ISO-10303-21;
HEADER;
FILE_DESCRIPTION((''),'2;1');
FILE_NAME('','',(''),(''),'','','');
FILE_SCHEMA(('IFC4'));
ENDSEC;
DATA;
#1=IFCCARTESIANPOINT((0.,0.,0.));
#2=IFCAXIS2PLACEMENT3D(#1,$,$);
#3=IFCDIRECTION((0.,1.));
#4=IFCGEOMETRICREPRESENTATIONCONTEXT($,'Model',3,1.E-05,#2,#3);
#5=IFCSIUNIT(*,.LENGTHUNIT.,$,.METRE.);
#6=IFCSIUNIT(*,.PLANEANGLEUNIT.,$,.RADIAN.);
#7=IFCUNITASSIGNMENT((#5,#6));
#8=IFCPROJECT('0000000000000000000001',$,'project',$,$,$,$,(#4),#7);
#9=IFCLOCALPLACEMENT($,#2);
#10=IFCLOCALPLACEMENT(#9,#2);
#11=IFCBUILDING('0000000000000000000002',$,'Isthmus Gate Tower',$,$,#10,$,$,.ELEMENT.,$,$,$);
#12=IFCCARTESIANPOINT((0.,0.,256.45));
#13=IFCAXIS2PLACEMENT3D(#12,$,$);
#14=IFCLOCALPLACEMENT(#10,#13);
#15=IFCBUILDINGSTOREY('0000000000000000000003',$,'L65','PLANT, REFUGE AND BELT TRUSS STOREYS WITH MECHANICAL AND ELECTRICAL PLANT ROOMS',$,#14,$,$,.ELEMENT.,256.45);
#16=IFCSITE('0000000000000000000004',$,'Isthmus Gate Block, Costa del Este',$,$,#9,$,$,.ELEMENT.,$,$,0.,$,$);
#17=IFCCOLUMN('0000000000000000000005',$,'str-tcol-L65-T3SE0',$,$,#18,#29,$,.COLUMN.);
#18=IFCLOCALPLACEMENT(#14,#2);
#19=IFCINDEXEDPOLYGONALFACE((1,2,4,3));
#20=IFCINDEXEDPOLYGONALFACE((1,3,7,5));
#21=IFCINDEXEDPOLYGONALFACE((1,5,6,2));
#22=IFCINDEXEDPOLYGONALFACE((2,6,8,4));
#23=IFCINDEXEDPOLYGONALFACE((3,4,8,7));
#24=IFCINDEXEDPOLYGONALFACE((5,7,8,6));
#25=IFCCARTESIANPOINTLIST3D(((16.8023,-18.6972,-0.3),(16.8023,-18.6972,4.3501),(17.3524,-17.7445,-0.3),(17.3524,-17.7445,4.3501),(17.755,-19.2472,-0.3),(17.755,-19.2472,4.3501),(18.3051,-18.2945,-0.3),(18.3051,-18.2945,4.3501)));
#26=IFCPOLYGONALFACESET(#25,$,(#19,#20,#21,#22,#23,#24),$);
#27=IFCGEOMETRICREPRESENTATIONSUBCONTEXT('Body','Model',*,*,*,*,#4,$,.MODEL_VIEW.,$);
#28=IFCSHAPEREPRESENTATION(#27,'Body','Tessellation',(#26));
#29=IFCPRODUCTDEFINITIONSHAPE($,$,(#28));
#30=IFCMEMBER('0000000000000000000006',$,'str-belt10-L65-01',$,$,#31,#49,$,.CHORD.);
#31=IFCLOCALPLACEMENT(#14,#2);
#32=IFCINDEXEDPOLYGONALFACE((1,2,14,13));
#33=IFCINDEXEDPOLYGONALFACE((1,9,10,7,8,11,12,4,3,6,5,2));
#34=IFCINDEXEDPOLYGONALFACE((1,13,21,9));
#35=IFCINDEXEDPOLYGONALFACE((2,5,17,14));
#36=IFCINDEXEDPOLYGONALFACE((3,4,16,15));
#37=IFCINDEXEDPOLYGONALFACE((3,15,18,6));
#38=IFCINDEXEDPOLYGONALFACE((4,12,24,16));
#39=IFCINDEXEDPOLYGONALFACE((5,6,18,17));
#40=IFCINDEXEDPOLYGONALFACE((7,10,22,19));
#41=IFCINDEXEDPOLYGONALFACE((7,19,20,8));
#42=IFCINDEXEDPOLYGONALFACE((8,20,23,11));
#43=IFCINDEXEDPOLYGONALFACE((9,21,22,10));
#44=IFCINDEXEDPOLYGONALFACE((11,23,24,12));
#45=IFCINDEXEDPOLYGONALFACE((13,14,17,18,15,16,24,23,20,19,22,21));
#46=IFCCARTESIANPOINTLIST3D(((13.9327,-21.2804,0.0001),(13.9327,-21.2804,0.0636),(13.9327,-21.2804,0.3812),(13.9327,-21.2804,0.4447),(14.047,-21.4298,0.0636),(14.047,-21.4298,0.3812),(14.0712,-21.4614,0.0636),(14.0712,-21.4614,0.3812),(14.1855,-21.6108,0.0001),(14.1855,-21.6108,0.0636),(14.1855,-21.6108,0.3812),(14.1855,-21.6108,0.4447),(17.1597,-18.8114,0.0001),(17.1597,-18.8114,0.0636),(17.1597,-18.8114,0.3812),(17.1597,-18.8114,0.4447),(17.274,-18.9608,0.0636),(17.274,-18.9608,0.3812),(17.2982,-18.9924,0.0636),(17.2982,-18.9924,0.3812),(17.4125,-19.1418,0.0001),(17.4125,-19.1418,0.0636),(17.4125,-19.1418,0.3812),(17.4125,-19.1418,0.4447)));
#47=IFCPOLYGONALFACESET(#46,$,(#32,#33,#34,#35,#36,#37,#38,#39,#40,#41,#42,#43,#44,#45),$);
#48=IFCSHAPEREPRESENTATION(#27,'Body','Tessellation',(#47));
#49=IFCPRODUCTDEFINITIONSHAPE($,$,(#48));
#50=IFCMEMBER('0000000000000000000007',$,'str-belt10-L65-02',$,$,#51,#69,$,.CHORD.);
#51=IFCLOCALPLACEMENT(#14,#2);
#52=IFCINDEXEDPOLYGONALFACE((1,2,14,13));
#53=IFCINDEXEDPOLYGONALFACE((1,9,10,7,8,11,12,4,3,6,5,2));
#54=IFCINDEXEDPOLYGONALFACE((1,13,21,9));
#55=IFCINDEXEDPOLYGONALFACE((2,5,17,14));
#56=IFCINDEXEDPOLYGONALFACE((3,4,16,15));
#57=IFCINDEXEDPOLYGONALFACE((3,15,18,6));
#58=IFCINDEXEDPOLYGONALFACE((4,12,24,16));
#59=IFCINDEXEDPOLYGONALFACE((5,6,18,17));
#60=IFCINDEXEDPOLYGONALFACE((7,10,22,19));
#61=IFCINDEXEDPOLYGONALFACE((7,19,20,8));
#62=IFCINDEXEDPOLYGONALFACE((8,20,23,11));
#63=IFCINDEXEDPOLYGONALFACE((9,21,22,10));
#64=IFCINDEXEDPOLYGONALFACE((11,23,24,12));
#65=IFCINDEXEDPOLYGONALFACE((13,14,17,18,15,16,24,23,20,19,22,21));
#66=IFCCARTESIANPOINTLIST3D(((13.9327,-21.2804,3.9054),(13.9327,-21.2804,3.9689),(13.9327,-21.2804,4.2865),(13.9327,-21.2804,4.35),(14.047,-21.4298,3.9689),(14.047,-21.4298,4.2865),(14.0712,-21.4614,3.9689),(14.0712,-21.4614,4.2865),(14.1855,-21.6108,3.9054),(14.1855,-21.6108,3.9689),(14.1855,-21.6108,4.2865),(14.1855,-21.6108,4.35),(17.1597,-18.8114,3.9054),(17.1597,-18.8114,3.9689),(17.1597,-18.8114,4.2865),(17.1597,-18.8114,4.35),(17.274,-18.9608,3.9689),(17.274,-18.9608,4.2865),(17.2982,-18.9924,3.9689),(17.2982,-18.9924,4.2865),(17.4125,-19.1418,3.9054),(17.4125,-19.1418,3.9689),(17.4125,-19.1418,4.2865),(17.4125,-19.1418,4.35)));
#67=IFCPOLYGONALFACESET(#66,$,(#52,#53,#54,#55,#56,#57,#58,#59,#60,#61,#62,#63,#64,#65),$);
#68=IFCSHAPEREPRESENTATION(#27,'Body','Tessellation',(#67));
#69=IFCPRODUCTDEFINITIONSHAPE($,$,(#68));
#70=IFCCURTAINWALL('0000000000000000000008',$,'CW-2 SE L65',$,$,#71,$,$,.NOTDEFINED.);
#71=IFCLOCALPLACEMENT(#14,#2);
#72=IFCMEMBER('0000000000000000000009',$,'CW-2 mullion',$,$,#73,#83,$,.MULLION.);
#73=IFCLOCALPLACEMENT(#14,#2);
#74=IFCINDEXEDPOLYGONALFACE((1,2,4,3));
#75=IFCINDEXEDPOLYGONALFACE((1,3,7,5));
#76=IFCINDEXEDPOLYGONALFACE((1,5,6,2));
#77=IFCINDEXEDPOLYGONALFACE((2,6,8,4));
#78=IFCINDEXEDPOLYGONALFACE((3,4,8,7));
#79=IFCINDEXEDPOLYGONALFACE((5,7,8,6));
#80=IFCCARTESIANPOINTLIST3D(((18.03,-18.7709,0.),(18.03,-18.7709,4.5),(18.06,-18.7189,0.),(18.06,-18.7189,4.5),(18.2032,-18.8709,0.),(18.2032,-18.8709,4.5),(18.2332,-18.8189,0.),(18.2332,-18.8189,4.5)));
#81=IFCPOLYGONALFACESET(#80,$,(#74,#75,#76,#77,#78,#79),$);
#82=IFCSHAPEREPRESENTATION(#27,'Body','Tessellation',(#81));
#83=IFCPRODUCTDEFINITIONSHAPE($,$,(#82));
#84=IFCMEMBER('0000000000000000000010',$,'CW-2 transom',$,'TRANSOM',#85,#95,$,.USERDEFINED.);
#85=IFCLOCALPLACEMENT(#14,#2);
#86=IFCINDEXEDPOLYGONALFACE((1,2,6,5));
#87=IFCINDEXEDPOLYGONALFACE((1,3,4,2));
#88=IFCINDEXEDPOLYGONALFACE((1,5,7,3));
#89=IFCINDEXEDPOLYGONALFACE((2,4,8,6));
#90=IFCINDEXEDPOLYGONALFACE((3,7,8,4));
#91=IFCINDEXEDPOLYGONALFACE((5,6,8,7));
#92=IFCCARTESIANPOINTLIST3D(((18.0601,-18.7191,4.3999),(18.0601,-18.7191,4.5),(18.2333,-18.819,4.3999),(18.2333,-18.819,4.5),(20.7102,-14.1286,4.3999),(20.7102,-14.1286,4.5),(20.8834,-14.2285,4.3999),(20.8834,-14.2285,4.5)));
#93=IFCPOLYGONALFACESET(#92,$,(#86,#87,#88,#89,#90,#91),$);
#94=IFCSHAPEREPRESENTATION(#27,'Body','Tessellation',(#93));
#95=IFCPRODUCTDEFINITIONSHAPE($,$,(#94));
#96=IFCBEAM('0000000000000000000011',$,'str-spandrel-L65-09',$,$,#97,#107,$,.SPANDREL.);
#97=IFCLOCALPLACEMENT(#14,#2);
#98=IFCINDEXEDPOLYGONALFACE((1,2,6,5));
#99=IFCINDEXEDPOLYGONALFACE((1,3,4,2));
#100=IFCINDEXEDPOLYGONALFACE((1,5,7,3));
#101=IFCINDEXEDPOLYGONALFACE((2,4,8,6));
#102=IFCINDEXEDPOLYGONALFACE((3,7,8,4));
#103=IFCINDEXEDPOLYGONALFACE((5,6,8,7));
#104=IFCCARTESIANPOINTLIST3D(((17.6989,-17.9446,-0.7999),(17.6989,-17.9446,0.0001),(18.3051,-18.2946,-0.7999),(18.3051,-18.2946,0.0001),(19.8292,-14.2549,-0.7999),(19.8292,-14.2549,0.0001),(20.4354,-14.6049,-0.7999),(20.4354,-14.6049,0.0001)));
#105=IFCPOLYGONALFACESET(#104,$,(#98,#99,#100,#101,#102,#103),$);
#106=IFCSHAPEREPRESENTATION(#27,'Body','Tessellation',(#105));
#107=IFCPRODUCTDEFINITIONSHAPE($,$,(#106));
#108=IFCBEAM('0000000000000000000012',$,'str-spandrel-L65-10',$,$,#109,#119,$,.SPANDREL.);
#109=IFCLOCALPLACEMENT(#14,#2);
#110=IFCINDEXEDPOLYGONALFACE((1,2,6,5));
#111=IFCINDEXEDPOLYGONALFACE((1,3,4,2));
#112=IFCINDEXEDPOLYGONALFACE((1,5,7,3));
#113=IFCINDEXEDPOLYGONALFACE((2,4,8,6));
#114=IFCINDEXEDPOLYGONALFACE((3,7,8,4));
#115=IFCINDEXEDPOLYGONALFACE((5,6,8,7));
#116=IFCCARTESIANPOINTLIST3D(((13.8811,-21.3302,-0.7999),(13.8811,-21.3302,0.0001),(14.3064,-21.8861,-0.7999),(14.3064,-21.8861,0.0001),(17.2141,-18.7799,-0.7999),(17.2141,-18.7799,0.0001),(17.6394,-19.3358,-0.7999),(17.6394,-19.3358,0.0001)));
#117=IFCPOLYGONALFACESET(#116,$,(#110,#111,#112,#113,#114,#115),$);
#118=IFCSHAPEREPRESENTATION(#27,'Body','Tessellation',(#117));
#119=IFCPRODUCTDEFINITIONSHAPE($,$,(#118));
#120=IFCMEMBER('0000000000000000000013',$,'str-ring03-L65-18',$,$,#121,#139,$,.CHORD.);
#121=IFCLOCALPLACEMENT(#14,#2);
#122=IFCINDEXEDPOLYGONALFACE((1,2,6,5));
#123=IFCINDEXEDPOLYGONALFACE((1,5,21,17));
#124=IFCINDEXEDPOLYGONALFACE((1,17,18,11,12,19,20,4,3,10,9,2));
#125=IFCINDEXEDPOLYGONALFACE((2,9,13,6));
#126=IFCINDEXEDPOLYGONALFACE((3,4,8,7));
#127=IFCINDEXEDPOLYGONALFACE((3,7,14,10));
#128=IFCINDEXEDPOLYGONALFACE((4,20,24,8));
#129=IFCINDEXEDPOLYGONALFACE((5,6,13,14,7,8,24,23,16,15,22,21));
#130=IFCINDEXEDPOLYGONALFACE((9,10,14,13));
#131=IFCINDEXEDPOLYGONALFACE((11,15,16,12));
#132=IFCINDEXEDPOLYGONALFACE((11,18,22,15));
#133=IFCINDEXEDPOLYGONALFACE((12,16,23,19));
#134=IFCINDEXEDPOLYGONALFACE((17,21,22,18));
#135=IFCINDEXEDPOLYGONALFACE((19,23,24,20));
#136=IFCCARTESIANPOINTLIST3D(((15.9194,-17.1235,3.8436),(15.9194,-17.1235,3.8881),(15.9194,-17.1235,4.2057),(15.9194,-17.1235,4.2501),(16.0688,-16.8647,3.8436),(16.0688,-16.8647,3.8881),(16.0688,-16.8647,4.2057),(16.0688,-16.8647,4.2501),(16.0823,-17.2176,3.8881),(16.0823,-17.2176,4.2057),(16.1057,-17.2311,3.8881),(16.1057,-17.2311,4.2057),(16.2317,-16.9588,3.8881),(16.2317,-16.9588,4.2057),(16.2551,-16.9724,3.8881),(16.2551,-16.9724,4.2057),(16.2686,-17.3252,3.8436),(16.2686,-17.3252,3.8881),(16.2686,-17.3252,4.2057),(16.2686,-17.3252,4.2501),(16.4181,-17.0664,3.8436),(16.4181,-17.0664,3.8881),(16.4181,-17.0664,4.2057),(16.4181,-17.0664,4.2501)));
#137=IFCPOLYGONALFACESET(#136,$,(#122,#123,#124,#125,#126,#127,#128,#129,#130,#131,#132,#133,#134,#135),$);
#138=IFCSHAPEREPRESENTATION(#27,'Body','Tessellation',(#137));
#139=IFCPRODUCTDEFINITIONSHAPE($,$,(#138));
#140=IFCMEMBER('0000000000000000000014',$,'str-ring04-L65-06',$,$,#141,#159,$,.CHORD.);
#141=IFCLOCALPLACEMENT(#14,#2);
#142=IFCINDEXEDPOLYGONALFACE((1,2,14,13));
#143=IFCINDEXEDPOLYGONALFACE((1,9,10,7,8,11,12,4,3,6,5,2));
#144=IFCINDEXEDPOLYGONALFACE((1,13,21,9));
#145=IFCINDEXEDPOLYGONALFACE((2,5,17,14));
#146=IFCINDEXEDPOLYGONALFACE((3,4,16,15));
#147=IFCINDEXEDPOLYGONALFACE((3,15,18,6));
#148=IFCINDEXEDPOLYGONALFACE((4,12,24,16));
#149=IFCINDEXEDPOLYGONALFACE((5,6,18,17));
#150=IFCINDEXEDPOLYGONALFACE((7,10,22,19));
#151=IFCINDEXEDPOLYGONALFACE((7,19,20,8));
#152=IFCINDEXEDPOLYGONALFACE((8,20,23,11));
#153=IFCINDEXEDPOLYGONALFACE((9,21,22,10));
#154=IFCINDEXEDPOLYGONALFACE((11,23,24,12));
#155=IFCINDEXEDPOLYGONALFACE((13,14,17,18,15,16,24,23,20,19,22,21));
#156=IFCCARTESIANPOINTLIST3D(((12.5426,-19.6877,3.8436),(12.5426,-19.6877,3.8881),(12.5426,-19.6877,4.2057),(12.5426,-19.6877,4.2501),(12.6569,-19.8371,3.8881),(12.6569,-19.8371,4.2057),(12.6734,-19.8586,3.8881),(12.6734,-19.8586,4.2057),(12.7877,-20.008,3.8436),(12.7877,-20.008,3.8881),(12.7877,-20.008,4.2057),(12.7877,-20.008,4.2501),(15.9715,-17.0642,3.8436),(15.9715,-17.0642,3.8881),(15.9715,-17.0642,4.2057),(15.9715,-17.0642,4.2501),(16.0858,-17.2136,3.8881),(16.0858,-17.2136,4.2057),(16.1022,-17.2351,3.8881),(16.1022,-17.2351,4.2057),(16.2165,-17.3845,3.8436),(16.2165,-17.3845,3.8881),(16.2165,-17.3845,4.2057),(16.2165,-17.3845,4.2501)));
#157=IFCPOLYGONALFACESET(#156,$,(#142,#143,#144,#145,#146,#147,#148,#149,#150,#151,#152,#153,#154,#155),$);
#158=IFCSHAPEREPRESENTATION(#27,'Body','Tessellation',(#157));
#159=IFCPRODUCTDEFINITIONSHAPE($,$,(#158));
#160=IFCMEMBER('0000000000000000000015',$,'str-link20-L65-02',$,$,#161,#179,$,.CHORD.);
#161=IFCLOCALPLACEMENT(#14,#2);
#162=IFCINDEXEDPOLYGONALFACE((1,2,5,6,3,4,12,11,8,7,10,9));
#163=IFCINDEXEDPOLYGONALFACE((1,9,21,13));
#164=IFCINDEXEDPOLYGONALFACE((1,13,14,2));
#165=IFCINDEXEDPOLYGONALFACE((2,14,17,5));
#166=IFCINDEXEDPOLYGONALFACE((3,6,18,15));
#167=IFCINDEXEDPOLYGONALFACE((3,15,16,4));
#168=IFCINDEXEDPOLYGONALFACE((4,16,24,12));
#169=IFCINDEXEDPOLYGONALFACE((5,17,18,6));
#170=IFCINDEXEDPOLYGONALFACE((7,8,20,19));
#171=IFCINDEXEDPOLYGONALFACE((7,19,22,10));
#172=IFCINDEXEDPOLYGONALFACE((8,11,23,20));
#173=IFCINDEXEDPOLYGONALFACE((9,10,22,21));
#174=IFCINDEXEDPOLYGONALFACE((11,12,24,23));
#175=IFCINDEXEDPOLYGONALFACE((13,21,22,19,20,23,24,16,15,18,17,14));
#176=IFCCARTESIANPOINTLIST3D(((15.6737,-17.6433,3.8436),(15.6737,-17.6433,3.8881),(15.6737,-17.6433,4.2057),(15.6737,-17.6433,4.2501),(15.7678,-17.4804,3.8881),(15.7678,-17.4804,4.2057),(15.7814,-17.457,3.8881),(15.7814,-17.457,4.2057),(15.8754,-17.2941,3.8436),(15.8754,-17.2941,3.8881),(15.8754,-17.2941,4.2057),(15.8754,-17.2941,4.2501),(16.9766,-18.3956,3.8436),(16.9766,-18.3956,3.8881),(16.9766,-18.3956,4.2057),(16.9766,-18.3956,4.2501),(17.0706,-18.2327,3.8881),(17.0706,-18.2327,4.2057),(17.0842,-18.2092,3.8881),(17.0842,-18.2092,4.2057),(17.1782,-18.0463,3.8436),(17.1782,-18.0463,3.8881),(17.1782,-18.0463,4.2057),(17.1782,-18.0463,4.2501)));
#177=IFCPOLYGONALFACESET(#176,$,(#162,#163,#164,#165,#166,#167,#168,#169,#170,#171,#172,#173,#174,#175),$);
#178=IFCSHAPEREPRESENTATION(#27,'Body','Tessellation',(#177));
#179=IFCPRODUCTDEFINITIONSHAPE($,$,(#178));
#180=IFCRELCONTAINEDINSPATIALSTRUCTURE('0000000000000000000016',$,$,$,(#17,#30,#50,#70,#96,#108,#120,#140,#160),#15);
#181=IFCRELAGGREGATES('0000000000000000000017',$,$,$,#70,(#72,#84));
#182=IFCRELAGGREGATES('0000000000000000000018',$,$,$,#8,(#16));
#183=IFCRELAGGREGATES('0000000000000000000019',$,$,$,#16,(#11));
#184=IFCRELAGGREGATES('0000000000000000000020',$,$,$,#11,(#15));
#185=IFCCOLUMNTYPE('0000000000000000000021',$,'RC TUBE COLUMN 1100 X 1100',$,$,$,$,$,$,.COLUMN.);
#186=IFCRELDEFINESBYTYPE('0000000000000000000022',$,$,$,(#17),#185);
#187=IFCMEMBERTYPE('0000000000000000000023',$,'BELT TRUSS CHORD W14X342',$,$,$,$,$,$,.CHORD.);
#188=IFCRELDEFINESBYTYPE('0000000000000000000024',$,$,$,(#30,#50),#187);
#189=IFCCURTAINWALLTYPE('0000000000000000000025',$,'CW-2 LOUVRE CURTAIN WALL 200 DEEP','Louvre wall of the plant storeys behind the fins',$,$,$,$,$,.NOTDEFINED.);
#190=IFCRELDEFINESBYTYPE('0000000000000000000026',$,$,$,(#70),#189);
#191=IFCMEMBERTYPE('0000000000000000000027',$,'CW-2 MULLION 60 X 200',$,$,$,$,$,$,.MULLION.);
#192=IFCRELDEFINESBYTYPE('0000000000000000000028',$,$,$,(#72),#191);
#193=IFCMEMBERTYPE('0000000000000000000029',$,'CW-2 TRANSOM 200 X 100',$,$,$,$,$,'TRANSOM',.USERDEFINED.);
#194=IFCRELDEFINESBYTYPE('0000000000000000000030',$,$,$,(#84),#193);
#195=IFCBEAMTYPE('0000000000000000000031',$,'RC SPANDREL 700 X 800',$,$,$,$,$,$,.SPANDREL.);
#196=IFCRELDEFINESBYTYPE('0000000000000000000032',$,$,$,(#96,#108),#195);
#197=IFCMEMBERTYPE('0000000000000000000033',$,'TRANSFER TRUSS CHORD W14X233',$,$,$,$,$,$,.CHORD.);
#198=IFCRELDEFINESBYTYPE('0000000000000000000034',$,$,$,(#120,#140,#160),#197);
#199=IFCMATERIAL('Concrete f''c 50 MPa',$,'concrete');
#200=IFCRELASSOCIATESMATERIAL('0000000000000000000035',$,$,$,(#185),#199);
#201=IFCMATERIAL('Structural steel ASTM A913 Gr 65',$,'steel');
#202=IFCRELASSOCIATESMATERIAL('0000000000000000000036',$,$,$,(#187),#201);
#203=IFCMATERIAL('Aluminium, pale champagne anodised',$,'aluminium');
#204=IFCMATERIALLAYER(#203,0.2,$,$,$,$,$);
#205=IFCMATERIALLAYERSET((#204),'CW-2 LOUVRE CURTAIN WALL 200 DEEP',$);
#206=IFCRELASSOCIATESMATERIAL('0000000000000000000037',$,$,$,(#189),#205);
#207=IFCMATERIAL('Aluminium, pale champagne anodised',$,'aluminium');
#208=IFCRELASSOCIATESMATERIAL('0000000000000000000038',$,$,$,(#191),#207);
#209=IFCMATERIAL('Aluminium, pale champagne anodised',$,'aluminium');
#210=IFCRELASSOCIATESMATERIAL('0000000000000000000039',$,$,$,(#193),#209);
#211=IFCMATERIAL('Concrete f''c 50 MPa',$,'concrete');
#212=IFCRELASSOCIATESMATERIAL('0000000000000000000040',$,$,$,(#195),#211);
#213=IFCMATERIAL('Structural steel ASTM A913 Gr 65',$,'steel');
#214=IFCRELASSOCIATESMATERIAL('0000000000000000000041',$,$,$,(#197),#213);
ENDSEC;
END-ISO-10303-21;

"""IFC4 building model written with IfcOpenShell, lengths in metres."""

from ifc_helpers import new_model, si_unit, direction, frame, origin, origin_2d, place, context, subcontext, project, spatial, rectangle, i_section, extrude, material, layer, layer_set, material_profile, profile_set, type_object, element, aggregate, save


model = new_model("IFC4")

# Units and contexts
model_context = context("Model", 3, precision=1e-05, world=origin(), true_north=direction((0.0, 1.0)))
body_context = subcontext(model_context, "Body", "Model", "MODEL_VIEW")
ifc_project = project(units=[si_unit("LENGTHUNIT", "METRE"), si_unit("PLANEANGLEUNIT", "RADIAN")], contexts=[model_context])

# Site, building, storey
site_placement = place(None, origin())
site = spatial("IfcSite", under=ifc_project, at=site_placement, Name="Isthmus Gate Block, Costa del Este", CompositionType="ELEMENT", RefElevation=0.0)
building_placement = place(site_placement, origin())
building = spatial("IfcBuilding", under=site, at=building_placement, Name="Isthmus Gate Tower", CompositionType="ELEMENT")
storey_placement = place(building_placement, frame((0.0, 0.0, 256.45)))
storey = spatial("IfcBuildingStorey", under=building, at=storey_placement, Name="L65", Description="PLANT, REFUGE AND BELT TRUSS STOREYS WITH MECHANICAL AND ELECTRICAL PLANT ROOMS", CompositionType="ELEMENT", Elevation=256.45)

# Column
ifc_material_1 = material(Name="Concrete f'c 50 MPa", Category="concrete")
ifc_material_profile_1 = material_profile(ifc_material_1, rectangle(XDim=1.1001, YDim=1.1001, at=origin_2d()), Name="RC 1100X1100")
ifc_profile_set_1 = profile_set([ifc_material_profile_1], Name="Concrete f'c 50 MPa")
column_type = type_object("IfcColumnType", Name="RC TUBE COLUMN 1100 X 1100", PredefinedType="COLUMN", material=ifc_profile_set_1)
column_placement = place(storey_placement, frame((17.5537, -18.4958, -0.3), z_axis=(0.0, 0.0, 1.0), x_axis=(0.5, 0.866025, 0.0)))
element("IfcColumn", 1, at=column_placement, inside=storey, type_object=column_type, Name="str-tcol-L65-T3SE0", PredefinedType="COLUMN", context=body_context, shape_type="SweptSolid", body=[
    extrude(rectangle(XDim=1.1001, YDim=1.1001, at=origin_2d()), origin(), (0.0, 0.0, 1.0), 4.6501),
])

# Members
ifc_material_2 = material(Name="Structural steel ASTM A913 Gr 65", Category="steel")
ifc_material_profile_2 = material_profile(ifc_material_2, i_section(OverallWidth=0.416, OverallDepth=0.4446, WebThickness=0.0398, FlangeThickness=0.0635, at=origin_2d()), Name="W14X342")
ifc_profile_set_2 = profile_set([ifc_material_profile_2], Name="Structural steel ASTM A913 Gr 65")
member_type_1 = type_object("IfcMemberType", Name="BELT TRUSS CHORD W14X342", PredefinedType="CHORD", material=ifc_profile_set_2)
for number, where, z_axis, x_axis, name in (
    (2, (17.2861, -18.9766, 0.2224), (-0.794209, -0.607644, 0.0), (0.607644, -0.794209, 0.0), "str-belt10-L65-01"),
    (3, (17.2861, -18.9766, 4.1277), (-0.794209, -0.607644, 0.0), (0.607644, -0.794209, 0.0), "str-belt10-L65-02"),
):
    element("IfcMember", number, at=place(storey_placement, frame(where, z_axis=z_axis, x_axis=x_axis)), inside=storey, type_object=member_type_1, Name=name, PredefinedType="CHORD", context=body_context, shape_type="SweptSolid", body=[
        extrude(i_section(OverallWidth=0.416, OverallDepth=0.4446, WebThickness=0.0398, FlangeThickness=0.0635, at=origin_2d()), origin(), (0.0, 0.0, 1.0), 4.0632),
    ])

# Curtain wall, members
ifc_material_3 = material(Name="Aluminium, pale champagne anodised", Category="aluminium")
ifc_layer_1 = layer(ifc_material_3, 0.2)
ifc_layer_set_1 = layer_set([ifc_layer_1], Name="CW-2 LOUVRE CURTAIN WALL 200 DEEP")
curtain_wall_type = type_object("IfcCurtainWallType", Name="CW-2 LOUVRE CURTAIN WALL 200 DEEP", Description="Louvre wall of the plant storeys behind the fins", PredefinedType="NOTDEFINED", material=ifc_layer_set_1)
curtain_wall_1_placement = place(storey_placement, origin())
curtain_wall_1 = element("IfcCurtainWall", 4, at=curtain_wall_1_placement, inside=storey, type_object=curtain_wall_type, Name="CW-2 SE L65", PredefinedType="NOTDEFINED")
ifc_material_4 = material(Name="Aluminium, pale champagne anodised", Category="aluminium")
ifc_material_profile_3 = material_profile(ifc_material_4, rectangle(XDim=0.0601, YDim=0.2, at=origin_2d()), Name="60x200")
ifc_profile_set_3 = profile_set([ifc_material_profile_3], Name="Aluminium, pale champagne anodised")
member_type_2 = type_object("IfcMemberType", Name="CW-2 MULLION 60 X 200", PredefinedType="MULLION", material=ifc_profile_set_3)
member_1_placement = place(storey_placement, frame((18.1316, -18.7949, 0.0), z_axis=(0.0, 0.0, 1.0), x_axis=(0.5, 0.866025, 0.0)))
member_1 = element("IfcMember", 5, at=member_1_placement, type_object=member_type_2, Name="CW-2 mullion", PredefinedType="MULLION", context=body_context, shape_type="SweptSolid", body=[
    extrude(rectangle(XDim=0.0601, YDim=0.2, at=origin_2d()), origin(), (0.0, 0.0, 1.0), 4.5),
])
ifc_material_5 = material(Name="Aluminium, pale champagne anodised", Category="aluminium")
ifc_material_profile_4 = material_profile(ifc_material_5, rectangle(XDim=0.2, YDim=0.1001, at=origin_2d()), Name="200x100")
ifc_profile_set_4 = profile_set([ifc_material_profile_4], Name="Aluminium, pale champagne anodised")
member_type_3 = type_object("IfcMemberType", Name="CW-2 TRANSOM 200 X 100", ElementType="TRANSOM", PredefinedType="USERDEFINED", material=ifc_profile_set_4)
member_2_placement = place(storey_placement, frame((18.1467, -18.769, 4.45), z_axis=(0.499968, 0.866044, 0.0), x_axis=(-0.866044, 0.499968, 0.0)))
member_2 = element("IfcMember", 6, at=member_2_placement, type_object=member_type_3, Name="CW-2 transom", ObjectType="TRANSOM", PredefinedType="USERDEFINED", context=body_context, shape_type="SweptSolid", body=[
    extrude(rectangle(XDim=0.2, YDim=0.1001, at=origin_2d()), origin(), (0.0, 0.0, 1.0), 5.3005),
])

# Beams
ifc_material_6 = material(Name="Concrete f'c 50 MPa", Category="concrete")
ifc_material_profile_5 = material_profile(ifc_material_6, rectangle(XDim=0.7, YDim=0.8, at=origin_2d()), Name="RC 700X800")
ifc_profile_set_5 = profile_set([ifc_material_profile_5], Name="Concrete f'c 50 MPa")
beam_type = type_object("IfcBeamType", Name="RC SPANDREL 700 X 800", PredefinedType="SPANDREL", material=ifc_profile_set_5)
beam_1_placement = place(storey_placement, frame((20.1323, -14.4299, -0.3999), z_axis=(-0.500022, -0.866013, 0.0), x_axis=(0.866013, -0.500022, 0.0)))
element("IfcBeam", 7, at=beam_1_placement, inside=storey, type_object=beam_type, Name="str-spandrel-L65-09", PredefinedType="SPANDREL", context=body_context, shape_type="SweptSolid", body=[
    extrude(rectangle(XDim=0.7, YDim=0.8, at=origin_2d()), origin(), (0.0, 0.0, 1.0), 4.2605),
])
beam_2_placement = place(storey_placement, frame((17.4268, -19.0579, -0.3999), z_axis=(-0.794183, -0.607679, 0.0), x_axis=(0.607679, -0.794183, 0.0)))
element("IfcBeam", 8, at=beam_2_placement, inside=storey, type_object=beam_type, Name="str-spandrel-L65-10", PredefinedType="SPANDREL", context=body_context, shape_type="SweptSolid", body=[
    extrude(rectangle(XDim=0.7, YDim=0.8, at=origin_2d()), origin(), (0.0, 0.0, 1.0), 4.1968),
])

# Members
ifc_material_7 = material(Name="Structural steel ASTM A913 Gr 65", Category="steel")
ifc_material_profile_6 = material_profile(ifc_material_7, i_section(OverallWidth=0.4033, OverallDepth=0.4065, WebThickness=0.0271, FlangeThickness=0.0444, at=origin_2d()), Name="W14X233")
ifc_profile_set_6 = profile_set([ifc_material_profile_6], Name="Structural steel ASTM A913 Gr 65")
member_type_4 = type_object("IfcMemberType", Name="TRANSFER TRUSS CHORD W14X233", PredefinedType="CHORD", material=ifc_profile_set_6)
member_3_placement = place(storey_placement, frame((16.2434, -16.9656, 4.0469), z_axis=(-0.500005, -0.866022, 0.0), x_axis=(0.866022, -0.500005, 0.0)))
element("IfcMember", 9, at=member_3_placement, inside=storey, type_object=member_type_4, Name="str-ring03-L65-18", PredefinedType="CHORD", context=body_context, shape_type="SweptSolid", body=[
    extrude(i_section(OverallWidth=0.4033, OverallDepth=0.4065, WebThickness=0.0271, FlangeThickness=0.0444, at=origin_2d()), origin(), (0.0, 0.0, 1.0), 0.2988),
])
member_4_placement = place(storey_placement, frame((16.094, -17.2244, 4.0469), z_axis=(-0.794202, -0.607654, 0.0), x_axis=(0.607654, -0.794202, 0.0)))
element("IfcMember", 10, at=member_4_placement, inside=storey, type_object=member_type_4, Name="str-ring04-L65-06", PredefinedType="CHORD", context=body_context, shape_type="SweptSolid", body=[
    extrude(i_section(OverallWidth=0.4033, OverallDepth=0.4065, WebThickness=0.0271, FlangeThickness=0.0444, at=origin_2d()), origin(), (0.0, 0.0, 1.0), 4.3174),
])
member_5_placement = place(storey_placement, frame((17.0774, -18.2209, 4.0469), z_axis=(-0.866007, 0.500032, 0.0), x_axis=(-0.500032, -0.866007, 0.0)))
element("IfcMember", 11, at=member_5_placement, inside=storey, type_object=member_type_4, Name="str-link20-L65-02", PredefinedType="CHORD", context=body_context, shape_type="SweptSolid", body=[
    extrude(i_section(OverallWidth=0.4033, OverallDepth=0.4065, WebThickness=0.0271, FlangeThickness=0.0444, at=origin_2d()), origin(), (0.0, 0.0, 1.0), 1.5044),
])

aggregate(curtain_wall_1, [member_1, member_2])

save(model, "model.ifc")
